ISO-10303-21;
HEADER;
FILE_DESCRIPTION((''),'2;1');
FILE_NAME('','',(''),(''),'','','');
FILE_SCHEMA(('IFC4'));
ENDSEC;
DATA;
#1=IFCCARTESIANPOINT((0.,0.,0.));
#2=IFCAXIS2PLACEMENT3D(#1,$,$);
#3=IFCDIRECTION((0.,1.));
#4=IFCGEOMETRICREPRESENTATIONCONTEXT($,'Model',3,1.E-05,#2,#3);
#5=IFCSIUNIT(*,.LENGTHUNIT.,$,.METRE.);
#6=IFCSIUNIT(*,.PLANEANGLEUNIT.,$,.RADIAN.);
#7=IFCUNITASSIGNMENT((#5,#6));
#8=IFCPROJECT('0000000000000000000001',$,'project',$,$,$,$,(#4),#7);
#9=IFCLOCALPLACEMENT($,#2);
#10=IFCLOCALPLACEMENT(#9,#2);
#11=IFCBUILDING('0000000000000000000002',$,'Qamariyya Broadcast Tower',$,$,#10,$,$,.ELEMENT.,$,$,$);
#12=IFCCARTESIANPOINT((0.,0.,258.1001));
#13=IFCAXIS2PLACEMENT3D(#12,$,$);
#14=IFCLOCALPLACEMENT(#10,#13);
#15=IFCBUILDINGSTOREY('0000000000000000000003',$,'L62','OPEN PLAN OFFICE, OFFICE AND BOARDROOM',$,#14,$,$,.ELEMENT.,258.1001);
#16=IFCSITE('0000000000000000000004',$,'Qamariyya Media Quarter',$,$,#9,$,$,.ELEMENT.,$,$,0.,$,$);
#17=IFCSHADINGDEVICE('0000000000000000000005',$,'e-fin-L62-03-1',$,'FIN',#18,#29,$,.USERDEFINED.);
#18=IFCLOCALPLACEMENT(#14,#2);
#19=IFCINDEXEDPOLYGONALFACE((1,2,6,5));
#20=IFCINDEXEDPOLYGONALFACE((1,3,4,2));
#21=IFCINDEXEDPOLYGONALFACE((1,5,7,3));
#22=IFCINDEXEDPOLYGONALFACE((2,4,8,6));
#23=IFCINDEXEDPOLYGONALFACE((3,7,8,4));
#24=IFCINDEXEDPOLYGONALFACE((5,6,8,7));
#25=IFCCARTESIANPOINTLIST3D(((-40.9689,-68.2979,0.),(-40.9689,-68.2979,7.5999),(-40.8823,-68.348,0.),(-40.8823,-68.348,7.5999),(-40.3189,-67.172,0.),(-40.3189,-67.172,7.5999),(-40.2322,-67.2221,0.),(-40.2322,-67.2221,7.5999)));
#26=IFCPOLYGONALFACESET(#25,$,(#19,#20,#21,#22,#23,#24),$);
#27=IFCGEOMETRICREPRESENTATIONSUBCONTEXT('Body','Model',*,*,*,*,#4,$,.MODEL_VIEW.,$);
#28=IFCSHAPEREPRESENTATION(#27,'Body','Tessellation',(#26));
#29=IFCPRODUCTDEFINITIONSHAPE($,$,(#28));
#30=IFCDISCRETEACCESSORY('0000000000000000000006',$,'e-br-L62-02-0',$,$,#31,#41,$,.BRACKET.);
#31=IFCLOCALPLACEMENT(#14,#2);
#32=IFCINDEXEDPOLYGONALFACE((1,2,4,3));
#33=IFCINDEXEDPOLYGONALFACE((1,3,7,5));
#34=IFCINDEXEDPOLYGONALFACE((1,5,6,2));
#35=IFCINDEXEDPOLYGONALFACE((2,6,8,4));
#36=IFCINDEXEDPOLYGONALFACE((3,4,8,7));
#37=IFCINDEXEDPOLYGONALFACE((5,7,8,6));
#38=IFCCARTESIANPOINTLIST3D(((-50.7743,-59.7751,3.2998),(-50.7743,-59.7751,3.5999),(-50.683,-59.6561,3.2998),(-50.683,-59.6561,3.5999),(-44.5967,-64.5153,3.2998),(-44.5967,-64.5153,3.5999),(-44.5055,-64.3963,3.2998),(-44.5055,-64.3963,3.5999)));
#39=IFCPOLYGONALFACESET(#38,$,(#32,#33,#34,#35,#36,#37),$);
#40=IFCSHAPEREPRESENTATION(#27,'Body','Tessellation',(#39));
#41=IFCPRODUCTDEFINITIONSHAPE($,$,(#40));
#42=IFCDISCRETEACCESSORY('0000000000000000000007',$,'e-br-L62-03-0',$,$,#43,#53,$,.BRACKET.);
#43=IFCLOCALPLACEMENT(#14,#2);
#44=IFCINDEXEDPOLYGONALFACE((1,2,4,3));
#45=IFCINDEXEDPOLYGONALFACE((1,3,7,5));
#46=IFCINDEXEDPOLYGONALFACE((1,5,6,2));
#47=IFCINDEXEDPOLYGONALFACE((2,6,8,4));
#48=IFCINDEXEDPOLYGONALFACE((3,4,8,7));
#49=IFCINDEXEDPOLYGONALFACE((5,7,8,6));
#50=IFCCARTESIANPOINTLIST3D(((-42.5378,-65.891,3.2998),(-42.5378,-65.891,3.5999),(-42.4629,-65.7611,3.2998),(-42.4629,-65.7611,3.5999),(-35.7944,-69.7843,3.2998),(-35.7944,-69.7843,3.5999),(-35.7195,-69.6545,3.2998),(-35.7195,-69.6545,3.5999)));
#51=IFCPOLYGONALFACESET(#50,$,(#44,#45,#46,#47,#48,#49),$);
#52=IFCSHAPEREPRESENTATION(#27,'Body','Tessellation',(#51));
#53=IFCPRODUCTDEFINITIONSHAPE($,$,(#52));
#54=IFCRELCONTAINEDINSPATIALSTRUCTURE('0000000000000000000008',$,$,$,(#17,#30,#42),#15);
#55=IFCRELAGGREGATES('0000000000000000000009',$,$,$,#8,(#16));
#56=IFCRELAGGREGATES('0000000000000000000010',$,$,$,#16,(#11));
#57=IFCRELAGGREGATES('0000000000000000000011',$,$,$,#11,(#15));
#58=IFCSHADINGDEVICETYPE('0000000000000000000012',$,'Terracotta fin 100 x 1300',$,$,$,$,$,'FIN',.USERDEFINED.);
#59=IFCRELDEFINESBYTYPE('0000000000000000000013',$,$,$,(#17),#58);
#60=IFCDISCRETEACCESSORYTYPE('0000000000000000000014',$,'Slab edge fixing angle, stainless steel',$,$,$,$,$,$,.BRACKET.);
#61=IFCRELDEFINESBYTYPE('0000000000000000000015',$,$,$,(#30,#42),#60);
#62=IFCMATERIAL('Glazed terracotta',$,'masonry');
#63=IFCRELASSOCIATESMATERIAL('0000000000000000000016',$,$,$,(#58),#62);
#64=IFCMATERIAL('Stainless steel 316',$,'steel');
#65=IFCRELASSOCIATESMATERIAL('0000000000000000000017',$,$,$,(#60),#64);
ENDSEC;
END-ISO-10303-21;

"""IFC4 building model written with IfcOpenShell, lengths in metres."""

from ifc_helpers import new_model, si_unit, direction, frame, origin, origin_2d, place, context, subcontext, project, spatial, rectangle, extrude, material, material_profile, profile_set, type_object, element, save


model = new_model("IFC4")

# Units and contexts
model_context = context("Model", 3, precision=1e-05, world=origin(), true_north=direction((0.0, 1.0)))
body_context = subcontext(model_context, "Body", "Model", "MODEL_VIEW")
ifc_project = project(units=[si_unit("LENGTHUNIT", "METRE"), si_unit("PLANEANGLEUNIT", "RADIAN")], contexts=[model_context])

# Site, building, storey
site_placement = place(None, origin())
site = spatial("IfcSite", under=ifc_project, at=site_placement, Name="Qamariyya Media Quarter", CompositionType="ELEMENT", RefElevation=0.0)
building_placement = place(site_placement, origin())
building = spatial("IfcBuilding", under=site, at=building_placement, Name="Qamariyya Broadcast Tower", CompositionType="ELEMENT")
storey_placement = place(building_placement, frame((0.0, 0.0, 258.1001)))
storey = spatial("IfcBuildingStorey", under=building, at=storey_placement, Name="L62", Description="OPEN PLAN OFFICE, OFFICE AND BOARDROOM", CompositionType="ELEMENT", Elevation=258.1001)

# Shading device
ifc_material_1 = material(Name="Glazed terracotta", Category="masonry")
ifc_material_profile_1 = material_profile(ifc_material_1, rectangle(XDim=1.3, YDim=0.1001, at=origin_2d()))
ifc_profile_set_1 = profile_set([ifc_material_profile_1], Name="Glazed terracotta")
shading_device_type_1 = type_object("IfcShadingDeviceType", Name="Terracotta fin 100 x 1300", ElementType="FIN", PredefinedType="USERDEFINED", material=ifc_profile_set_1)
for number, where, z_axis, x_axis, name in (
    (1, (-40.6006, -67.76, 0.0), (0.0, 0.0, 1.0), (-0.5, -0.866025, 0.0), "e-fin-L62-03-1"),
):
    element("IfcShadingDevice", number, at=place(storey_placement, frame(where, z_axis=z_axis, x_axis=x_axis)), inside=storey, type_object=shading_device_type_1, Name=name, ObjectType="FIN", PredefinedType="USERDEFINED", context=body_context, shape_type="SweptSolid", body=[
        extrude(rectangle(XDim=1.3, YDim=0.1001, at=origin_2d()), origin(), (0.0, 0.0, 1.0), 7.5999),
    ])

# Discrete accessories
ifc_material_2 = material(Name="Stainless steel 316", Category="steel")
discrete_accessory_type = type_object("IfcDiscreteAccessoryType", Name="Slab edge fixing angle, stainless steel", PredefinedType="BRACKET", material=ifc_material_2)
for number, where, z_axis, x_axis, name in (
    (2, (-47.6399, -62.0857, 3.2998), (0.0, 0.0, 1.0), (0.793353, -0.608761, 0.0), "e-br-L62-02-0"),
    (3, (-39.1287, -67.7727, 3.2998), (0.0, 0.0, 1.0), (0.866025, -0.5, 0.0), "e-br-L62-03-0"),
):
    element("IfcDiscreteAccessory", number, at=place(storey_placement, frame(where, z_axis=z_axis, x_axis=x_axis)), inside=storey, type_object=discrete_accessory_type, Name=name, PredefinedType="BRACKET", context=body_context, shape_type="SweptSolid", body=[
        extrude(rectangle(XDim=7.7866, YDim=0.1499, at=origin_2d()), origin(), (0.0, 0.0, 1.0), 0.3),
    ])

save(model, "model.ifc")
